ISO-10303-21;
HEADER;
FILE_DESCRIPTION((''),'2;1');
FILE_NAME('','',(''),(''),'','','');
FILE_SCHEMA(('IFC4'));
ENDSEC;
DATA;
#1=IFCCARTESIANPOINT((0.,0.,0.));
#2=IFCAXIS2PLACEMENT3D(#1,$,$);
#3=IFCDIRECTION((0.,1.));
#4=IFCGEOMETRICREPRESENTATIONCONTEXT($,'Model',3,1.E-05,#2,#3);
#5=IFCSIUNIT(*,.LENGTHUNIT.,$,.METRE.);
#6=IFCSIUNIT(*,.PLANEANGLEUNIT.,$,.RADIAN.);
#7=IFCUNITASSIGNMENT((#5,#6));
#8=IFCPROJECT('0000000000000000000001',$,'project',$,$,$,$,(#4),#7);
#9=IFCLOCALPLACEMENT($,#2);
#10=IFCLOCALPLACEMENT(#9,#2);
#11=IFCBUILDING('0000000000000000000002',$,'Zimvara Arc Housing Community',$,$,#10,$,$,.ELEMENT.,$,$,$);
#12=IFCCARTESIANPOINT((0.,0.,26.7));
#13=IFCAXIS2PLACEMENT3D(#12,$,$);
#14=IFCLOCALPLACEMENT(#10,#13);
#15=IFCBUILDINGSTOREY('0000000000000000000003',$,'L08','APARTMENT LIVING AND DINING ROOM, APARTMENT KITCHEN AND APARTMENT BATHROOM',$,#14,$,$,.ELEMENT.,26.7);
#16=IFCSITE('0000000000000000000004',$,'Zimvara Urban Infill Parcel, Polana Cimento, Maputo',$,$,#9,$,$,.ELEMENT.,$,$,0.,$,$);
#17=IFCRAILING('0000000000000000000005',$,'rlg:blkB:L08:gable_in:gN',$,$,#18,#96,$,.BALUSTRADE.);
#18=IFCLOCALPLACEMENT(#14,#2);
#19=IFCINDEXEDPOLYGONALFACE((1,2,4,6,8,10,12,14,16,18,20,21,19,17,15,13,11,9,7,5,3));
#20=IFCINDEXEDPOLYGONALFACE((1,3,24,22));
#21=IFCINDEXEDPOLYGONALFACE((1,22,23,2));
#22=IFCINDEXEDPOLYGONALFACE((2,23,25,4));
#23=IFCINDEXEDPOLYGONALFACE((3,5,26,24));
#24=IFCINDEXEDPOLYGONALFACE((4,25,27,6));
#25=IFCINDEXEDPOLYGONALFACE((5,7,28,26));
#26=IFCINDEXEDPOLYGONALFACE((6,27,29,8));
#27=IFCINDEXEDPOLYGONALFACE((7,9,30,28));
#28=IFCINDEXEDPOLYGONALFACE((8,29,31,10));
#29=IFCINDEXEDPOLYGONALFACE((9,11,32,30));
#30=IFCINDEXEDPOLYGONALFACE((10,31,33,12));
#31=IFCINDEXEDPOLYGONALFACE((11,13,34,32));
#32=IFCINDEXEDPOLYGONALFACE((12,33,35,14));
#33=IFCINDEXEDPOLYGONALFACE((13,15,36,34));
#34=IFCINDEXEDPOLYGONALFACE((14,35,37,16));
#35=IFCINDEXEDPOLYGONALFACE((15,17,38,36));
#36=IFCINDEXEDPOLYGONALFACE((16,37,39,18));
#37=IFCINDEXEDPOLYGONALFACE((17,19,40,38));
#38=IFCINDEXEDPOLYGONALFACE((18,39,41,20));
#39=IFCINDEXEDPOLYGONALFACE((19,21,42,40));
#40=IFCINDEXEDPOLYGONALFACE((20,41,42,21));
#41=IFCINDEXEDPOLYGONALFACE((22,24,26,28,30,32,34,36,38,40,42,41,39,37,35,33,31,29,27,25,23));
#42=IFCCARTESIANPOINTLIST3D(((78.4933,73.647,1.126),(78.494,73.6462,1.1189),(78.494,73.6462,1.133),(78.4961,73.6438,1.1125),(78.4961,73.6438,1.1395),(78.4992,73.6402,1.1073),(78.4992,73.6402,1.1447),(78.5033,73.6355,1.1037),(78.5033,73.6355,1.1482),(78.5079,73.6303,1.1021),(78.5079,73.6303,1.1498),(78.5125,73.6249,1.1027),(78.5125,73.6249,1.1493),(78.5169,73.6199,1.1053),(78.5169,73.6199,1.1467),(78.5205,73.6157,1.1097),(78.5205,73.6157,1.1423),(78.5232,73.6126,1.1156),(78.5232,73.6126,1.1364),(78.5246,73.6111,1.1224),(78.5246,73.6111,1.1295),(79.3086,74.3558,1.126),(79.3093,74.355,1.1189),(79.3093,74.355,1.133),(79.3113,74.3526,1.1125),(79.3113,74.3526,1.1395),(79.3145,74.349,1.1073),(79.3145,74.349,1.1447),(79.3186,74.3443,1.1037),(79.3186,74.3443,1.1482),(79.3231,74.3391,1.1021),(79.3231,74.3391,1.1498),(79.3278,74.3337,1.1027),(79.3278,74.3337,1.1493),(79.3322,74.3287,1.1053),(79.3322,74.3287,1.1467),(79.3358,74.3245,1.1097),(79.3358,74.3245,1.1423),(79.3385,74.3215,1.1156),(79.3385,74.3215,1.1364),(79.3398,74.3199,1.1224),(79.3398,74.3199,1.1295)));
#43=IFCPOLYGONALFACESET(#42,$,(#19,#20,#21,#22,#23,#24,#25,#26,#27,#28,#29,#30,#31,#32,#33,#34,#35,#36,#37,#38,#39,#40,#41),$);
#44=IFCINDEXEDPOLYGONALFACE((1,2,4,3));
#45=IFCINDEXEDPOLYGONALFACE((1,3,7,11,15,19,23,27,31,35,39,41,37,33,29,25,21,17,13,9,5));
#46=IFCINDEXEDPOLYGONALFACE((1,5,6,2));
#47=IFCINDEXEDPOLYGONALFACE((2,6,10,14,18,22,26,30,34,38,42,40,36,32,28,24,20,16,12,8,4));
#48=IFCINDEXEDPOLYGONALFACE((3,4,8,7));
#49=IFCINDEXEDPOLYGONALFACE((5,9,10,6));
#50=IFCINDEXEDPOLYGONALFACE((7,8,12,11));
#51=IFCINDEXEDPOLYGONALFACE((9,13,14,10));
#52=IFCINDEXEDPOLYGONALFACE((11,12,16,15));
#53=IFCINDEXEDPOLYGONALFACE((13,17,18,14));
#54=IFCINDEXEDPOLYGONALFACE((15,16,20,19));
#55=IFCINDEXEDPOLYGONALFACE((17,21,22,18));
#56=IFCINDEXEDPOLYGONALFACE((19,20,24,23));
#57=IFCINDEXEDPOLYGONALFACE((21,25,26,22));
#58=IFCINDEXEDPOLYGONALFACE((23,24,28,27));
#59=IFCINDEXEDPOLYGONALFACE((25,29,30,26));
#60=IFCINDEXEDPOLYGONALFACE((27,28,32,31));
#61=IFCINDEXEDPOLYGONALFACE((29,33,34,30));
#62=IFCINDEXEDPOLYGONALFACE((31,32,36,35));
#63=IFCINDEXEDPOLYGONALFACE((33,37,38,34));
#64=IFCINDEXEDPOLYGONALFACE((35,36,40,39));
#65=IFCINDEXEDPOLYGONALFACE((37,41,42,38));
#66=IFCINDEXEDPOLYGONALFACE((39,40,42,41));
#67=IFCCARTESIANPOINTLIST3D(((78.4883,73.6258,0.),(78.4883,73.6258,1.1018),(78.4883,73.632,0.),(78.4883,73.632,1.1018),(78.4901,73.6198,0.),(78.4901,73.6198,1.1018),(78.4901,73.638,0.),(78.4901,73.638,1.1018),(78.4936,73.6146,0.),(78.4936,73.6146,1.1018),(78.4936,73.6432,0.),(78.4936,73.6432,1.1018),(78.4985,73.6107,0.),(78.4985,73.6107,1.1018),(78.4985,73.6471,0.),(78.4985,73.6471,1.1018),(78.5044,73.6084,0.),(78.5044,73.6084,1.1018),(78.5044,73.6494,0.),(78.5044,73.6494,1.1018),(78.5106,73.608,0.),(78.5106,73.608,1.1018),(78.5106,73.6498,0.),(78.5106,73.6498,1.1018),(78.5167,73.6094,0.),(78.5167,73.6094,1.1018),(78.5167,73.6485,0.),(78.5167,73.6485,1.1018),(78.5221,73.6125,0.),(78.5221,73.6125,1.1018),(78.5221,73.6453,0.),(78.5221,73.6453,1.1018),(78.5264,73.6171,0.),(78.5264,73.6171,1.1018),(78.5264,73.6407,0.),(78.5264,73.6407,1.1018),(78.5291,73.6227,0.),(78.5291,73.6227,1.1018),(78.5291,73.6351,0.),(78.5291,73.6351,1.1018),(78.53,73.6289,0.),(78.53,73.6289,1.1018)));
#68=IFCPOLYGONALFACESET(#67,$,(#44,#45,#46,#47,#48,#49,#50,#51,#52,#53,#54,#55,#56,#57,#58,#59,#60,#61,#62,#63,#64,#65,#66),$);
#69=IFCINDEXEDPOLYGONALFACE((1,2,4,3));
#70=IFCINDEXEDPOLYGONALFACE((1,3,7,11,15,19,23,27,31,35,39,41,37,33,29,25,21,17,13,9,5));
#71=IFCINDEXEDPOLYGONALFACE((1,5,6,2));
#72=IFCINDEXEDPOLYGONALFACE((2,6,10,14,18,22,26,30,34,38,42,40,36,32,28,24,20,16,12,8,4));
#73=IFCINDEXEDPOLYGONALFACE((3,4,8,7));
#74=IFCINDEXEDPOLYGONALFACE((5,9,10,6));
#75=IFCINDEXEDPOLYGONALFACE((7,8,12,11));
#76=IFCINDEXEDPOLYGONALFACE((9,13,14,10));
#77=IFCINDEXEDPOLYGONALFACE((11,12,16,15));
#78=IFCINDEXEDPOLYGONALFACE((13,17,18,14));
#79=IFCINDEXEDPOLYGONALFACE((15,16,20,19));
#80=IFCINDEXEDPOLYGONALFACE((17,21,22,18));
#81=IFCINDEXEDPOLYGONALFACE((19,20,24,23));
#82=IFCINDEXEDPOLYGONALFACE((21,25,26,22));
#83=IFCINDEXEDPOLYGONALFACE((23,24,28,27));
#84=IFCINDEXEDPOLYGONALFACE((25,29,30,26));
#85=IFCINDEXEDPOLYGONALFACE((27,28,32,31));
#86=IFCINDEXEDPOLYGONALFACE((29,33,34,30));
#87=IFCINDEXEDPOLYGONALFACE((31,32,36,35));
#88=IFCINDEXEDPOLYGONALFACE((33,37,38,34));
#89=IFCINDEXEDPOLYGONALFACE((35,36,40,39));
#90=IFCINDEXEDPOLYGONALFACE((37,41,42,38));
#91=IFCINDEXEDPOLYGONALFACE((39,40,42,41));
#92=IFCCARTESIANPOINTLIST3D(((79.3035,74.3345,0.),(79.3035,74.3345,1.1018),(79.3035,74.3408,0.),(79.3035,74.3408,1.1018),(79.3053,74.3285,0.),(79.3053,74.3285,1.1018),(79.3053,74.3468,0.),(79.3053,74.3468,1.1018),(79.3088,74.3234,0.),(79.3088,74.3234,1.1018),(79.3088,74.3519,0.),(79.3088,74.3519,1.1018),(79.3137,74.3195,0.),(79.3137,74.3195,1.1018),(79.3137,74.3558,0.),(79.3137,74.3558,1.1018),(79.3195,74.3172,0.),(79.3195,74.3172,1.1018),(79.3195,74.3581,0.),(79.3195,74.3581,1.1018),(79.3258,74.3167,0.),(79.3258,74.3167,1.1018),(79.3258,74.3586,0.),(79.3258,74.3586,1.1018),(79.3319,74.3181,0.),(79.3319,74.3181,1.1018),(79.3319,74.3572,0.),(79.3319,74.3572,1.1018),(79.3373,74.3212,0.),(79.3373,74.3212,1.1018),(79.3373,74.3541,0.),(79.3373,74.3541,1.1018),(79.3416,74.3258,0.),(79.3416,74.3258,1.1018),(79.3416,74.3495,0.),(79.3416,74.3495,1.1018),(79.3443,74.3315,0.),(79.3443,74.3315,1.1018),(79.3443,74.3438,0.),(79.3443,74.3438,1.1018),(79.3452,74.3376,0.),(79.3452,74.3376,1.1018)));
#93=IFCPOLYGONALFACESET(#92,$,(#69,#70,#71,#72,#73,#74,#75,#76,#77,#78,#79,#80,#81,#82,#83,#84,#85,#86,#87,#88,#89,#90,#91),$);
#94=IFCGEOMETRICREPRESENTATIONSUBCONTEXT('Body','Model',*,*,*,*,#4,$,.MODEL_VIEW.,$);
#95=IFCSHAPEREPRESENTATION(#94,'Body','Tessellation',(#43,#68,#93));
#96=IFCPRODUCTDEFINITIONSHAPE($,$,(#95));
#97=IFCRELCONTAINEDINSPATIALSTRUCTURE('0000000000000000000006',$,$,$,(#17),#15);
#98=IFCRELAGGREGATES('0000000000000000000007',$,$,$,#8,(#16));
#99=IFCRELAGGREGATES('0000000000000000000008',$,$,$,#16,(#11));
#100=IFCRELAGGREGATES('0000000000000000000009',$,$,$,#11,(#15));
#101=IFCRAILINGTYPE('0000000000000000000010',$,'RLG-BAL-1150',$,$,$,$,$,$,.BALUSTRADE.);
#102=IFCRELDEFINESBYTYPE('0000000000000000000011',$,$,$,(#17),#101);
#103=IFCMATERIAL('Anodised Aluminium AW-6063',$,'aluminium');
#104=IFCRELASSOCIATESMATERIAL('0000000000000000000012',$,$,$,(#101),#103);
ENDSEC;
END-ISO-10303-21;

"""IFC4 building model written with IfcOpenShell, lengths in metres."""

from ifc_helpers import new_model, si_unit, direction, frame, origin, origin_2d, place, context, subcontext, project, spatial, circle, extrude, material, type_object, element, save


model = new_model("IFC4")

# Units and contexts
model_context = context("Model", 3, precision=1e-05, world=origin(), true_north=direction((0.0, 1.0)))
body_context = subcontext(model_context, "Body", "Model", "MODEL_VIEW")
ifc_project = project(units=[si_unit("LENGTHUNIT", "METRE"), si_unit("PLANEANGLEUNIT", "RADIAN")], contexts=[model_context])

# Site, building, storey
site_placement = place(None, origin())
site = spatial("IfcSite", under=ifc_project, at=site_placement, Name="Zimvara Urban Infill Parcel, Polana Cimento, Maputo", CompositionType="ELEMENT", RefElevation=0.0)
building_placement = place(site_placement, origin())
building = spatial("IfcBuilding", under=site, at=building_placement, Name="Zimvara Arc Housing Community", CompositionType="ELEMENT")
storey_placement = place(building_placement, frame((0.0, 0.0, 26.7)))
storey = spatial("IfcBuildingStorey", under=building, at=storey_placement, Name="L08", Description="APARTMENT LIVING AND DINING ROOM, APARTMENT KITCHEN AND APARTMENT BATHROOM", CompositionType="ELEMENT", Elevation=26.7)

# Railing
ifc_material_1 = material(Name="Anodised Aluminium AW-6063", Category="aluminium")
railing_type = type_object("IfcRailingType", Name="RLG-BAL-1150", PredefinedType="BALUSTRADE", material=ifc_material_1)
railing_placement = place(storey_placement, frame((78.509, 73.6289, 0.0)))
element("IfcRailing", 1, at=railing_placement, inside=storey, type_object=railing_type, Name="rlg:blkB:L08:gable_in:gN", PredefinedType="BALUSTRADE", context=body_context, shape_type="SweptSolid", body=[
    extrude(circle(Radius=0.0239, at=origin_2d()), frame((0.0, 0.0, 1.126), z_axis=(0.754659, 0.656117, 0.0), x_axis=(-0.656117, 0.754659, 0.0)), (0.0, 0.0, 1.0), 1.0803),
    extrude(circle(Radius=0.021, at=origin_2d()), origin(), (0.0, 0.0, 1.0), 1.1018),
    extrude(circle(Radius=0.021, at=origin_2d()), frame((0.8152, 0.7087, 0.0)), (0.0, 0.0, 1.0), 1.1018),
])

save(model, "model.ifc")
